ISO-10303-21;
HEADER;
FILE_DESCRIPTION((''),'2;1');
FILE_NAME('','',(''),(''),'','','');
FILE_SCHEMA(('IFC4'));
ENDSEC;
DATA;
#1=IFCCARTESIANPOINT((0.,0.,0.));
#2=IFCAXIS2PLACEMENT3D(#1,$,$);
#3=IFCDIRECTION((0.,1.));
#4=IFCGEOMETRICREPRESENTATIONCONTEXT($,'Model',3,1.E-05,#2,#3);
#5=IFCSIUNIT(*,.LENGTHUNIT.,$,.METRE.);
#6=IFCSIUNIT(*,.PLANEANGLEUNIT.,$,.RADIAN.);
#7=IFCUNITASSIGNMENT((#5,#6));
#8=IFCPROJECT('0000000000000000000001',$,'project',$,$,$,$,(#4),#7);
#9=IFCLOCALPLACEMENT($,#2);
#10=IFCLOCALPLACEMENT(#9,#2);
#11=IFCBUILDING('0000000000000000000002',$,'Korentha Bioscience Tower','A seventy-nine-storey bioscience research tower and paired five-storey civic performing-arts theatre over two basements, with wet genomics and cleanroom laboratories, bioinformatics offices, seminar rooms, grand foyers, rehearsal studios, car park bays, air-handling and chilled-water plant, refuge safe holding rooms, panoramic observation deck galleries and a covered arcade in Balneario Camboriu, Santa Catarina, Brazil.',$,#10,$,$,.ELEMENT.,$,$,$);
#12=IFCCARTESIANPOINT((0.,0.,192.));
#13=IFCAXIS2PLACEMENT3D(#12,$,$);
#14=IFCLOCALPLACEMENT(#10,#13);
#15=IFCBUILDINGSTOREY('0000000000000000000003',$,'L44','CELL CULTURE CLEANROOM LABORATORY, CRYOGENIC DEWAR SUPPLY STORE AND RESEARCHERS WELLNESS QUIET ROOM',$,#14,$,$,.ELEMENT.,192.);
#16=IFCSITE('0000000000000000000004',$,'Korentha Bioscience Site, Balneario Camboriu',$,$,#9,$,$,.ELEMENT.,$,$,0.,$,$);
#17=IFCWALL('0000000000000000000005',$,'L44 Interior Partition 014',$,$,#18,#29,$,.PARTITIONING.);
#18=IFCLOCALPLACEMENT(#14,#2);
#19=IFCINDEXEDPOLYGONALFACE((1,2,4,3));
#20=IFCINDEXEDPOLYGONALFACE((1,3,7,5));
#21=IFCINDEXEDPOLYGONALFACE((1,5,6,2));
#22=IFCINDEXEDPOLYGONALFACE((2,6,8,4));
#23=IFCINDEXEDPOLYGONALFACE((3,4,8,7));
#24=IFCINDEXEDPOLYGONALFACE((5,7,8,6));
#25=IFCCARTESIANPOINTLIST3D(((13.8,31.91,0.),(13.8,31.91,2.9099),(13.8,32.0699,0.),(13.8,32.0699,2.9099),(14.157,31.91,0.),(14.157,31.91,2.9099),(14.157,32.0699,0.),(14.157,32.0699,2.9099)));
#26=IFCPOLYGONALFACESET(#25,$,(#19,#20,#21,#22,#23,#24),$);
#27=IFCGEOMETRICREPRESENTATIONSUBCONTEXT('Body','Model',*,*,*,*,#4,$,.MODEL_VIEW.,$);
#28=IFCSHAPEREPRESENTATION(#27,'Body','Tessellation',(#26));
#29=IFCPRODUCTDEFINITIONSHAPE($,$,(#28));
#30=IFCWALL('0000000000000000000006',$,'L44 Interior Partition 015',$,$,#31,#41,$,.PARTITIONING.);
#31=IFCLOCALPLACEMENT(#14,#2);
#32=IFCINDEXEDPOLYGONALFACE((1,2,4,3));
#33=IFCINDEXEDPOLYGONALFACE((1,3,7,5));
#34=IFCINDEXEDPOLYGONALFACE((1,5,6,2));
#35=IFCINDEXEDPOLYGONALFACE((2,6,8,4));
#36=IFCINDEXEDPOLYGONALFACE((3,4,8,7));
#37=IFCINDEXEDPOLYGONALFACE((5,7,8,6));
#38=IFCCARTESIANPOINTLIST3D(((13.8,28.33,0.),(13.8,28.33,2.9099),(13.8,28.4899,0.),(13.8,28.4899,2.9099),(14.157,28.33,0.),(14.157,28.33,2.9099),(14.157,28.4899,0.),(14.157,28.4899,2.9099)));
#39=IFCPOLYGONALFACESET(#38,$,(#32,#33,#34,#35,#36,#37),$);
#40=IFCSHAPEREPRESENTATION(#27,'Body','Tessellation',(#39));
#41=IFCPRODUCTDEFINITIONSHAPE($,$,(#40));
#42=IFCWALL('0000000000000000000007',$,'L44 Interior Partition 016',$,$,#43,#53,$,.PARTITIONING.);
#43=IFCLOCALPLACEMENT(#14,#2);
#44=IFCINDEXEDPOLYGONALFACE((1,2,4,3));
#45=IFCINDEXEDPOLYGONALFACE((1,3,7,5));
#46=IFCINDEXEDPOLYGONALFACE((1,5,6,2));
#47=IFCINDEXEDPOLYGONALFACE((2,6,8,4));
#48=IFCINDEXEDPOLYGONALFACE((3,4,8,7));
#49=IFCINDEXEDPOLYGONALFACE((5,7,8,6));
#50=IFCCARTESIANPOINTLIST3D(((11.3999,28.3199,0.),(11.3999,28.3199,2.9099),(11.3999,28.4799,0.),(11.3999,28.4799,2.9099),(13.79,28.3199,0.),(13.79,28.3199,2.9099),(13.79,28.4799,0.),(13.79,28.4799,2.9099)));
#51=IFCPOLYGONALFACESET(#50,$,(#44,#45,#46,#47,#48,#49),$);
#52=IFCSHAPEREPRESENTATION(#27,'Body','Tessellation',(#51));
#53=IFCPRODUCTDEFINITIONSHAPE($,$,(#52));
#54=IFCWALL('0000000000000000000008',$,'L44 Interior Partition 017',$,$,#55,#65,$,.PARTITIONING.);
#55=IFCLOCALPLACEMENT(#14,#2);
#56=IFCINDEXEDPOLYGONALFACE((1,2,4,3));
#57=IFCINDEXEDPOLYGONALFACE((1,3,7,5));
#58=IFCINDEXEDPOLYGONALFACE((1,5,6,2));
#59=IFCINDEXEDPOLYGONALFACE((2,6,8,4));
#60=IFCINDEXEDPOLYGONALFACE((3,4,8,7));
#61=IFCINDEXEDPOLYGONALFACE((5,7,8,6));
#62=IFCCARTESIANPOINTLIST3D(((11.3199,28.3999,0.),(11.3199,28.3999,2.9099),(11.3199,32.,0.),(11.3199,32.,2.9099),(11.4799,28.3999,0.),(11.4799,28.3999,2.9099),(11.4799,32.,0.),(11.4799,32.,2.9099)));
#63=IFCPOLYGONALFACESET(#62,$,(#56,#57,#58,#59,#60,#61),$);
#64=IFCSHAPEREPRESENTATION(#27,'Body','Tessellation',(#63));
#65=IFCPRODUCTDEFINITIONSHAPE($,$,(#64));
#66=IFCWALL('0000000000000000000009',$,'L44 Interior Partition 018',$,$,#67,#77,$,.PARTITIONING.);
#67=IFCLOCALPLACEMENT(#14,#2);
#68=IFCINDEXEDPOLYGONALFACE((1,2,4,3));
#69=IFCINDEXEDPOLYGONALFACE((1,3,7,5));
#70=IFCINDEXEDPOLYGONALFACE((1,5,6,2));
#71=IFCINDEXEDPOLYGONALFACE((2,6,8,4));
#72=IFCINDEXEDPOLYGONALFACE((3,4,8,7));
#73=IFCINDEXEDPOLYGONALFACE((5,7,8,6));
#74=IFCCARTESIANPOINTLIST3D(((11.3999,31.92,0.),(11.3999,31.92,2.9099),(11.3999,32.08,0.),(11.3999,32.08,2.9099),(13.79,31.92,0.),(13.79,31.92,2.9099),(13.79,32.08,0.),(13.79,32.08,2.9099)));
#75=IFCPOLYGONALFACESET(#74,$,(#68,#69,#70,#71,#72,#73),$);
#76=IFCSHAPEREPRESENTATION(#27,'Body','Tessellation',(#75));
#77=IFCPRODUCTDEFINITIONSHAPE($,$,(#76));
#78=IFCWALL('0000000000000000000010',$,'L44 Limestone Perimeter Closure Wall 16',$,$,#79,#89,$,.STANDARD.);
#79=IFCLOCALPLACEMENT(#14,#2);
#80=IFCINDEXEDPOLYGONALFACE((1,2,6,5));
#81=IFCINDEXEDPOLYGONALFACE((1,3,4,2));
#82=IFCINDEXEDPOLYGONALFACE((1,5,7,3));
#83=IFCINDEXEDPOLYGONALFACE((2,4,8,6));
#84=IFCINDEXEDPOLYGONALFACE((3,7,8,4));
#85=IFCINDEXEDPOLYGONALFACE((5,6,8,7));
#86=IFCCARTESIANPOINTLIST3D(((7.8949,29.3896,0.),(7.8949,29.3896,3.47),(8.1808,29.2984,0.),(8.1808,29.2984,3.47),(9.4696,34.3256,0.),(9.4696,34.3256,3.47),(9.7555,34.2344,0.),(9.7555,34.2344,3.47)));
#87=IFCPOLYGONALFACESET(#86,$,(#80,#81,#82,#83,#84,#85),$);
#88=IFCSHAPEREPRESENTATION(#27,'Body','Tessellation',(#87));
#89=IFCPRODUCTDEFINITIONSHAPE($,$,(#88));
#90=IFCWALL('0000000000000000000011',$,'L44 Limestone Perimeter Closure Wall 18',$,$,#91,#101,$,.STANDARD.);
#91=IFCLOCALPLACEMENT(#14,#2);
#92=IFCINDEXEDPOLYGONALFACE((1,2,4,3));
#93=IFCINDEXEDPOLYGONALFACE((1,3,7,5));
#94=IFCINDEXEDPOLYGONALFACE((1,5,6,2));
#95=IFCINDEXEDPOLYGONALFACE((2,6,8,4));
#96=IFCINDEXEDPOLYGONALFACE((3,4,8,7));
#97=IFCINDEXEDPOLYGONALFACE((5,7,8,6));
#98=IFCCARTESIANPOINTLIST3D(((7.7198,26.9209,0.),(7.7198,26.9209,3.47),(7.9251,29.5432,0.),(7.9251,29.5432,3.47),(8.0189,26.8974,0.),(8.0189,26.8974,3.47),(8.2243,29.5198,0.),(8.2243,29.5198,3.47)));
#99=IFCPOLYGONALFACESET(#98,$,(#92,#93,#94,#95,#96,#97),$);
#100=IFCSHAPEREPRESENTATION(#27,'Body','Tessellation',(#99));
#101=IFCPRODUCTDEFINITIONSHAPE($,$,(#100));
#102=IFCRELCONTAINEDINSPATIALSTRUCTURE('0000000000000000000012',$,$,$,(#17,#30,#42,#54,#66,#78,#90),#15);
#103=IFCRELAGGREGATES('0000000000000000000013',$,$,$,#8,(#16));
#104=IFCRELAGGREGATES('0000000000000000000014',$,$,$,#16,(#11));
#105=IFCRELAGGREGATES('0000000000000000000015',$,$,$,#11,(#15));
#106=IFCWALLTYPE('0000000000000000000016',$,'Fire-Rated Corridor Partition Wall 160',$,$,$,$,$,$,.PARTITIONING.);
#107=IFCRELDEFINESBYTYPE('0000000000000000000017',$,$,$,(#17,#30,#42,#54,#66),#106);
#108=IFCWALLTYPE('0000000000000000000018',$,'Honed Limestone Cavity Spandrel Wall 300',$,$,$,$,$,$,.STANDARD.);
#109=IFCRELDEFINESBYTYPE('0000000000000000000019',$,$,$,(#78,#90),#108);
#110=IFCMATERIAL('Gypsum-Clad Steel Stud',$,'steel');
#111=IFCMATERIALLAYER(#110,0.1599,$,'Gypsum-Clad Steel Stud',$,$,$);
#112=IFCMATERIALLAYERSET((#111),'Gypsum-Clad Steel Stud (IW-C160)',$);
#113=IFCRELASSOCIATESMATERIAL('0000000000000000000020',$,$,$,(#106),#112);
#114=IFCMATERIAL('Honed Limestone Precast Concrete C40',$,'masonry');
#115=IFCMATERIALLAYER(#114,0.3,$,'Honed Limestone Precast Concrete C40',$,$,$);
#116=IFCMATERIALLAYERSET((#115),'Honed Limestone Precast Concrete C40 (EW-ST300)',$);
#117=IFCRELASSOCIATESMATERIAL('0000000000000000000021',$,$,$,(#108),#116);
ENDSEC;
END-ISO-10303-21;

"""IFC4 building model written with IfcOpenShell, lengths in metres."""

from ifc_helpers import new_model, si_unit, direction, frame, frame_2d, origin, place, context, subcontext, project, spatial, rectangle, extrude, material, layer, layer_set, type_object, element, save


model = new_model("IFC4")

# Units and contexts
model_context = context("Model", 3, precision=1e-05, world=origin(), true_north=direction((0.0, 1.0)))
body_context = subcontext(model_context, "Body", "Model", "MODEL_VIEW")
ifc_project = project(units=[si_unit("LENGTHUNIT", "METRE"), si_unit("PLANEANGLEUNIT", "RADIAN")], contexts=[model_context])

# Site, building, storey
site_placement = place(None, origin())
site = spatial("IfcSite", under=ifc_project, at=site_placement, Name="Korentha Bioscience Site, Balneario Camboriu", CompositionType="ELEMENT", RefElevation=0.0)
building_placement = place(site_placement, origin())
building = spatial("IfcBuilding", under=site, at=building_placement, Name="Korentha Bioscience Tower", Description="A seventy-nine-storey bioscience research tower and paired five-storey civic performing-arts theatre over two basements, with wet genomics and cleanroom laboratories, bioinformatics offices, seminar rooms, grand foyers, rehearsal studios, car park bays, air-handling and chilled-water plant, refuge safe holding rooms, panoramic observation deck galleries and a covered arcade in Balneario Camboriu, Santa Catarina, Brazil.", CompositionType="ELEMENT")
storey_placement = place(building_placement, frame((0.0, 0.0, 192.0)))
storey = spatial("IfcBuildingStorey", under=building, at=storey_placement, Name="L44", Description="CELL CULTURE CLEANROOM LABORATORY, CRYOGENIC DEWAR SUPPLY STORE AND RESEARCHERS WELLNESS QUIET ROOM", CompositionType="ELEMENT", Elevation=192.0)

# Shared definitions
ifc_material_1 = material(Name="Gypsum-Clad Steel Stud", Category="steel")
ifc_layer_1 = layer(ifc_material_1, 0.1599, Name="Gypsum-Clad Steel Stud")
ifc_layer_set_1 = layer_set([ifc_layer_1], Name="Gypsum-Clad Steel Stud (IW-C160)")
wall_type_1 = type_object("IfcWallType", Name="Fire-Rated Corridor Partition Wall 160", PredefinedType="PARTITIONING", material=ifc_layer_set_1)

# Walls
for number, where, z_axis, x_axis, name in (
    (1, (13.8, 31.99, 0.0), (0.0, 0.0, 1.0), (1.0, 0.0, 0.0), "L44 Interior Partition 014"),
    (2, (14.157, 28.4099, 0.0), (0.0, 0.0, 1.0), (-1.0, 0.0, 0.0), "L44 Interior Partition 015"),
):
    element("IfcWall", number, at=place(storey_placement, frame(where, z_axis=z_axis, x_axis=x_axis)), inside=storey, type_object=wall_type_1, Name=name, PredefinedType="PARTITIONING", context=body_context, shape_type="SweptSolid", body=[
        extrude(rectangle(XDim=0.3569, YDim=0.1599, at=frame_2d((0.1785, 0.0))), origin(), (0.0, 0.0, 1.0), 2.9099),
    ])
wall_1_placement = place(storey_placement, frame((13.79, 28.3999, 0.0), z_axis=(0.0, 0.0, 1.0), x_axis=(-1.0, 0.0, 0.0)))
element("IfcWall", 3, at=wall_1_placement, inside=storey, type_object=wall_type_1, Name="L44 Interior Partition 016", PredefinedType="PARTITIONING", context=body_context, shape_type="SweptSolid", body=[
    extrude(rectangle(XDim=2.3901, YDim=0.1599, at=frame_2d((1.1951, 0.0))), origin(), (0.0, 0.0, 1.0), 2.9099),
])
wall_2_placement = place(storey_placement, frame((11.3999, 28.3999, 0.0), z_axis=(0.0, 0.0, 1.0), x_axis=(0.0, 1.0, 0.0)))
element("IfcWall", 4, at=wall_2_placement, inside=storey, type_object=wall_type_1, Name="L44 Interior Partition 017", PredefinedType="PARTITIONING", context=body_context, shape_type="SweptSolid", body=[
    extrude(rectangle(XDim=3.6001, YDim=0.1599, at=frame_2d((1.8, 0.0))), origin(), (0.0, 0.0, 1.0), 2.9099),
])
wall_3_placement = place(storey_placement, frame((11.3999, 32.0, 0.0), z_axis=(0.0, 0.0, 1.0), x_axis=(1.0, 0.0, 0.0)))
element("IfcWall", 5, at=wall_3_placement, inside=storey, type_object=wall_type_1, Name="L44 Interior Partition 018", PredefinedType="PARTITIONING", context=body_context, shape_type="SweptSolid", body=[
    extrude(rectangle(XDim=2.3901, YDim=0.1599, at=frame_2d((1.1951, 0.0))), origin(), (0.0, 0.0, 1.0), 2.9099),
])
ifc_material_2 = material(Name="Honed Limestone Precast Concrete C40", Category="masonry")
ifc_layer_2 = layer(ifc_material_2, 0.3, Name="Honed Limestone Precast Concrete C40")
ifc_layer_set_2 = layer_set([ifc_layer_2], Name="Honed Limestone Precast Concrete C40 (EW-ST300)")
wall_type_2 = type_object("IfcWallType", Name="Honed Limestone Cavity Spandrel Wall 300", PredefinedType="STANDARD", material=ifc_layer_set_2)
wall_4_placement = place(storey_placement, frame((9.6125, 34.28, 0.0), z_axis=(0.0, 0.0, 1.0), x_axis=(-0.303931, -0.952694, 0.0)))
element("IfcWall", 6, at=wall_4_placement, inside=storey, type_object=wall_type_2, Name="L44 Limestone Perimeter Closure Wall 16", PredefinedType="STANDARD", context=body_context, shape_type="SweptSolid", body=[
    extrude(rectangle(XDim=5.1812, YDim=0.3, at=frame_2d((2.5906, 0.0))), origin(), (0.0, 0.0, 1.0), 3.47),
])
wall_5_placement = place(storey_placement, frame((8.0747, 29.5315, 0.0), z_axis=(0.0, 0.0, 1.0), x_axis=(-0.078059, -0.996949, 0.0)))
element("IfcWall", 7, at=wall_5_placement, inside=storey, type_object=wall_type_2, Name="L44 Limestone Perimeter Closure Wall 18", PredefinedType="STANDARD", context=body_context, shape_type="SweptSolid", body=[
    extrude(rectangle(XDim=2.6304, YDim=0.3, at=frame_2d((1.3152, 0.0))), origin(), (0.0, 0.0, 1.0), 3.47),
])

save(model, "model.ifc")
